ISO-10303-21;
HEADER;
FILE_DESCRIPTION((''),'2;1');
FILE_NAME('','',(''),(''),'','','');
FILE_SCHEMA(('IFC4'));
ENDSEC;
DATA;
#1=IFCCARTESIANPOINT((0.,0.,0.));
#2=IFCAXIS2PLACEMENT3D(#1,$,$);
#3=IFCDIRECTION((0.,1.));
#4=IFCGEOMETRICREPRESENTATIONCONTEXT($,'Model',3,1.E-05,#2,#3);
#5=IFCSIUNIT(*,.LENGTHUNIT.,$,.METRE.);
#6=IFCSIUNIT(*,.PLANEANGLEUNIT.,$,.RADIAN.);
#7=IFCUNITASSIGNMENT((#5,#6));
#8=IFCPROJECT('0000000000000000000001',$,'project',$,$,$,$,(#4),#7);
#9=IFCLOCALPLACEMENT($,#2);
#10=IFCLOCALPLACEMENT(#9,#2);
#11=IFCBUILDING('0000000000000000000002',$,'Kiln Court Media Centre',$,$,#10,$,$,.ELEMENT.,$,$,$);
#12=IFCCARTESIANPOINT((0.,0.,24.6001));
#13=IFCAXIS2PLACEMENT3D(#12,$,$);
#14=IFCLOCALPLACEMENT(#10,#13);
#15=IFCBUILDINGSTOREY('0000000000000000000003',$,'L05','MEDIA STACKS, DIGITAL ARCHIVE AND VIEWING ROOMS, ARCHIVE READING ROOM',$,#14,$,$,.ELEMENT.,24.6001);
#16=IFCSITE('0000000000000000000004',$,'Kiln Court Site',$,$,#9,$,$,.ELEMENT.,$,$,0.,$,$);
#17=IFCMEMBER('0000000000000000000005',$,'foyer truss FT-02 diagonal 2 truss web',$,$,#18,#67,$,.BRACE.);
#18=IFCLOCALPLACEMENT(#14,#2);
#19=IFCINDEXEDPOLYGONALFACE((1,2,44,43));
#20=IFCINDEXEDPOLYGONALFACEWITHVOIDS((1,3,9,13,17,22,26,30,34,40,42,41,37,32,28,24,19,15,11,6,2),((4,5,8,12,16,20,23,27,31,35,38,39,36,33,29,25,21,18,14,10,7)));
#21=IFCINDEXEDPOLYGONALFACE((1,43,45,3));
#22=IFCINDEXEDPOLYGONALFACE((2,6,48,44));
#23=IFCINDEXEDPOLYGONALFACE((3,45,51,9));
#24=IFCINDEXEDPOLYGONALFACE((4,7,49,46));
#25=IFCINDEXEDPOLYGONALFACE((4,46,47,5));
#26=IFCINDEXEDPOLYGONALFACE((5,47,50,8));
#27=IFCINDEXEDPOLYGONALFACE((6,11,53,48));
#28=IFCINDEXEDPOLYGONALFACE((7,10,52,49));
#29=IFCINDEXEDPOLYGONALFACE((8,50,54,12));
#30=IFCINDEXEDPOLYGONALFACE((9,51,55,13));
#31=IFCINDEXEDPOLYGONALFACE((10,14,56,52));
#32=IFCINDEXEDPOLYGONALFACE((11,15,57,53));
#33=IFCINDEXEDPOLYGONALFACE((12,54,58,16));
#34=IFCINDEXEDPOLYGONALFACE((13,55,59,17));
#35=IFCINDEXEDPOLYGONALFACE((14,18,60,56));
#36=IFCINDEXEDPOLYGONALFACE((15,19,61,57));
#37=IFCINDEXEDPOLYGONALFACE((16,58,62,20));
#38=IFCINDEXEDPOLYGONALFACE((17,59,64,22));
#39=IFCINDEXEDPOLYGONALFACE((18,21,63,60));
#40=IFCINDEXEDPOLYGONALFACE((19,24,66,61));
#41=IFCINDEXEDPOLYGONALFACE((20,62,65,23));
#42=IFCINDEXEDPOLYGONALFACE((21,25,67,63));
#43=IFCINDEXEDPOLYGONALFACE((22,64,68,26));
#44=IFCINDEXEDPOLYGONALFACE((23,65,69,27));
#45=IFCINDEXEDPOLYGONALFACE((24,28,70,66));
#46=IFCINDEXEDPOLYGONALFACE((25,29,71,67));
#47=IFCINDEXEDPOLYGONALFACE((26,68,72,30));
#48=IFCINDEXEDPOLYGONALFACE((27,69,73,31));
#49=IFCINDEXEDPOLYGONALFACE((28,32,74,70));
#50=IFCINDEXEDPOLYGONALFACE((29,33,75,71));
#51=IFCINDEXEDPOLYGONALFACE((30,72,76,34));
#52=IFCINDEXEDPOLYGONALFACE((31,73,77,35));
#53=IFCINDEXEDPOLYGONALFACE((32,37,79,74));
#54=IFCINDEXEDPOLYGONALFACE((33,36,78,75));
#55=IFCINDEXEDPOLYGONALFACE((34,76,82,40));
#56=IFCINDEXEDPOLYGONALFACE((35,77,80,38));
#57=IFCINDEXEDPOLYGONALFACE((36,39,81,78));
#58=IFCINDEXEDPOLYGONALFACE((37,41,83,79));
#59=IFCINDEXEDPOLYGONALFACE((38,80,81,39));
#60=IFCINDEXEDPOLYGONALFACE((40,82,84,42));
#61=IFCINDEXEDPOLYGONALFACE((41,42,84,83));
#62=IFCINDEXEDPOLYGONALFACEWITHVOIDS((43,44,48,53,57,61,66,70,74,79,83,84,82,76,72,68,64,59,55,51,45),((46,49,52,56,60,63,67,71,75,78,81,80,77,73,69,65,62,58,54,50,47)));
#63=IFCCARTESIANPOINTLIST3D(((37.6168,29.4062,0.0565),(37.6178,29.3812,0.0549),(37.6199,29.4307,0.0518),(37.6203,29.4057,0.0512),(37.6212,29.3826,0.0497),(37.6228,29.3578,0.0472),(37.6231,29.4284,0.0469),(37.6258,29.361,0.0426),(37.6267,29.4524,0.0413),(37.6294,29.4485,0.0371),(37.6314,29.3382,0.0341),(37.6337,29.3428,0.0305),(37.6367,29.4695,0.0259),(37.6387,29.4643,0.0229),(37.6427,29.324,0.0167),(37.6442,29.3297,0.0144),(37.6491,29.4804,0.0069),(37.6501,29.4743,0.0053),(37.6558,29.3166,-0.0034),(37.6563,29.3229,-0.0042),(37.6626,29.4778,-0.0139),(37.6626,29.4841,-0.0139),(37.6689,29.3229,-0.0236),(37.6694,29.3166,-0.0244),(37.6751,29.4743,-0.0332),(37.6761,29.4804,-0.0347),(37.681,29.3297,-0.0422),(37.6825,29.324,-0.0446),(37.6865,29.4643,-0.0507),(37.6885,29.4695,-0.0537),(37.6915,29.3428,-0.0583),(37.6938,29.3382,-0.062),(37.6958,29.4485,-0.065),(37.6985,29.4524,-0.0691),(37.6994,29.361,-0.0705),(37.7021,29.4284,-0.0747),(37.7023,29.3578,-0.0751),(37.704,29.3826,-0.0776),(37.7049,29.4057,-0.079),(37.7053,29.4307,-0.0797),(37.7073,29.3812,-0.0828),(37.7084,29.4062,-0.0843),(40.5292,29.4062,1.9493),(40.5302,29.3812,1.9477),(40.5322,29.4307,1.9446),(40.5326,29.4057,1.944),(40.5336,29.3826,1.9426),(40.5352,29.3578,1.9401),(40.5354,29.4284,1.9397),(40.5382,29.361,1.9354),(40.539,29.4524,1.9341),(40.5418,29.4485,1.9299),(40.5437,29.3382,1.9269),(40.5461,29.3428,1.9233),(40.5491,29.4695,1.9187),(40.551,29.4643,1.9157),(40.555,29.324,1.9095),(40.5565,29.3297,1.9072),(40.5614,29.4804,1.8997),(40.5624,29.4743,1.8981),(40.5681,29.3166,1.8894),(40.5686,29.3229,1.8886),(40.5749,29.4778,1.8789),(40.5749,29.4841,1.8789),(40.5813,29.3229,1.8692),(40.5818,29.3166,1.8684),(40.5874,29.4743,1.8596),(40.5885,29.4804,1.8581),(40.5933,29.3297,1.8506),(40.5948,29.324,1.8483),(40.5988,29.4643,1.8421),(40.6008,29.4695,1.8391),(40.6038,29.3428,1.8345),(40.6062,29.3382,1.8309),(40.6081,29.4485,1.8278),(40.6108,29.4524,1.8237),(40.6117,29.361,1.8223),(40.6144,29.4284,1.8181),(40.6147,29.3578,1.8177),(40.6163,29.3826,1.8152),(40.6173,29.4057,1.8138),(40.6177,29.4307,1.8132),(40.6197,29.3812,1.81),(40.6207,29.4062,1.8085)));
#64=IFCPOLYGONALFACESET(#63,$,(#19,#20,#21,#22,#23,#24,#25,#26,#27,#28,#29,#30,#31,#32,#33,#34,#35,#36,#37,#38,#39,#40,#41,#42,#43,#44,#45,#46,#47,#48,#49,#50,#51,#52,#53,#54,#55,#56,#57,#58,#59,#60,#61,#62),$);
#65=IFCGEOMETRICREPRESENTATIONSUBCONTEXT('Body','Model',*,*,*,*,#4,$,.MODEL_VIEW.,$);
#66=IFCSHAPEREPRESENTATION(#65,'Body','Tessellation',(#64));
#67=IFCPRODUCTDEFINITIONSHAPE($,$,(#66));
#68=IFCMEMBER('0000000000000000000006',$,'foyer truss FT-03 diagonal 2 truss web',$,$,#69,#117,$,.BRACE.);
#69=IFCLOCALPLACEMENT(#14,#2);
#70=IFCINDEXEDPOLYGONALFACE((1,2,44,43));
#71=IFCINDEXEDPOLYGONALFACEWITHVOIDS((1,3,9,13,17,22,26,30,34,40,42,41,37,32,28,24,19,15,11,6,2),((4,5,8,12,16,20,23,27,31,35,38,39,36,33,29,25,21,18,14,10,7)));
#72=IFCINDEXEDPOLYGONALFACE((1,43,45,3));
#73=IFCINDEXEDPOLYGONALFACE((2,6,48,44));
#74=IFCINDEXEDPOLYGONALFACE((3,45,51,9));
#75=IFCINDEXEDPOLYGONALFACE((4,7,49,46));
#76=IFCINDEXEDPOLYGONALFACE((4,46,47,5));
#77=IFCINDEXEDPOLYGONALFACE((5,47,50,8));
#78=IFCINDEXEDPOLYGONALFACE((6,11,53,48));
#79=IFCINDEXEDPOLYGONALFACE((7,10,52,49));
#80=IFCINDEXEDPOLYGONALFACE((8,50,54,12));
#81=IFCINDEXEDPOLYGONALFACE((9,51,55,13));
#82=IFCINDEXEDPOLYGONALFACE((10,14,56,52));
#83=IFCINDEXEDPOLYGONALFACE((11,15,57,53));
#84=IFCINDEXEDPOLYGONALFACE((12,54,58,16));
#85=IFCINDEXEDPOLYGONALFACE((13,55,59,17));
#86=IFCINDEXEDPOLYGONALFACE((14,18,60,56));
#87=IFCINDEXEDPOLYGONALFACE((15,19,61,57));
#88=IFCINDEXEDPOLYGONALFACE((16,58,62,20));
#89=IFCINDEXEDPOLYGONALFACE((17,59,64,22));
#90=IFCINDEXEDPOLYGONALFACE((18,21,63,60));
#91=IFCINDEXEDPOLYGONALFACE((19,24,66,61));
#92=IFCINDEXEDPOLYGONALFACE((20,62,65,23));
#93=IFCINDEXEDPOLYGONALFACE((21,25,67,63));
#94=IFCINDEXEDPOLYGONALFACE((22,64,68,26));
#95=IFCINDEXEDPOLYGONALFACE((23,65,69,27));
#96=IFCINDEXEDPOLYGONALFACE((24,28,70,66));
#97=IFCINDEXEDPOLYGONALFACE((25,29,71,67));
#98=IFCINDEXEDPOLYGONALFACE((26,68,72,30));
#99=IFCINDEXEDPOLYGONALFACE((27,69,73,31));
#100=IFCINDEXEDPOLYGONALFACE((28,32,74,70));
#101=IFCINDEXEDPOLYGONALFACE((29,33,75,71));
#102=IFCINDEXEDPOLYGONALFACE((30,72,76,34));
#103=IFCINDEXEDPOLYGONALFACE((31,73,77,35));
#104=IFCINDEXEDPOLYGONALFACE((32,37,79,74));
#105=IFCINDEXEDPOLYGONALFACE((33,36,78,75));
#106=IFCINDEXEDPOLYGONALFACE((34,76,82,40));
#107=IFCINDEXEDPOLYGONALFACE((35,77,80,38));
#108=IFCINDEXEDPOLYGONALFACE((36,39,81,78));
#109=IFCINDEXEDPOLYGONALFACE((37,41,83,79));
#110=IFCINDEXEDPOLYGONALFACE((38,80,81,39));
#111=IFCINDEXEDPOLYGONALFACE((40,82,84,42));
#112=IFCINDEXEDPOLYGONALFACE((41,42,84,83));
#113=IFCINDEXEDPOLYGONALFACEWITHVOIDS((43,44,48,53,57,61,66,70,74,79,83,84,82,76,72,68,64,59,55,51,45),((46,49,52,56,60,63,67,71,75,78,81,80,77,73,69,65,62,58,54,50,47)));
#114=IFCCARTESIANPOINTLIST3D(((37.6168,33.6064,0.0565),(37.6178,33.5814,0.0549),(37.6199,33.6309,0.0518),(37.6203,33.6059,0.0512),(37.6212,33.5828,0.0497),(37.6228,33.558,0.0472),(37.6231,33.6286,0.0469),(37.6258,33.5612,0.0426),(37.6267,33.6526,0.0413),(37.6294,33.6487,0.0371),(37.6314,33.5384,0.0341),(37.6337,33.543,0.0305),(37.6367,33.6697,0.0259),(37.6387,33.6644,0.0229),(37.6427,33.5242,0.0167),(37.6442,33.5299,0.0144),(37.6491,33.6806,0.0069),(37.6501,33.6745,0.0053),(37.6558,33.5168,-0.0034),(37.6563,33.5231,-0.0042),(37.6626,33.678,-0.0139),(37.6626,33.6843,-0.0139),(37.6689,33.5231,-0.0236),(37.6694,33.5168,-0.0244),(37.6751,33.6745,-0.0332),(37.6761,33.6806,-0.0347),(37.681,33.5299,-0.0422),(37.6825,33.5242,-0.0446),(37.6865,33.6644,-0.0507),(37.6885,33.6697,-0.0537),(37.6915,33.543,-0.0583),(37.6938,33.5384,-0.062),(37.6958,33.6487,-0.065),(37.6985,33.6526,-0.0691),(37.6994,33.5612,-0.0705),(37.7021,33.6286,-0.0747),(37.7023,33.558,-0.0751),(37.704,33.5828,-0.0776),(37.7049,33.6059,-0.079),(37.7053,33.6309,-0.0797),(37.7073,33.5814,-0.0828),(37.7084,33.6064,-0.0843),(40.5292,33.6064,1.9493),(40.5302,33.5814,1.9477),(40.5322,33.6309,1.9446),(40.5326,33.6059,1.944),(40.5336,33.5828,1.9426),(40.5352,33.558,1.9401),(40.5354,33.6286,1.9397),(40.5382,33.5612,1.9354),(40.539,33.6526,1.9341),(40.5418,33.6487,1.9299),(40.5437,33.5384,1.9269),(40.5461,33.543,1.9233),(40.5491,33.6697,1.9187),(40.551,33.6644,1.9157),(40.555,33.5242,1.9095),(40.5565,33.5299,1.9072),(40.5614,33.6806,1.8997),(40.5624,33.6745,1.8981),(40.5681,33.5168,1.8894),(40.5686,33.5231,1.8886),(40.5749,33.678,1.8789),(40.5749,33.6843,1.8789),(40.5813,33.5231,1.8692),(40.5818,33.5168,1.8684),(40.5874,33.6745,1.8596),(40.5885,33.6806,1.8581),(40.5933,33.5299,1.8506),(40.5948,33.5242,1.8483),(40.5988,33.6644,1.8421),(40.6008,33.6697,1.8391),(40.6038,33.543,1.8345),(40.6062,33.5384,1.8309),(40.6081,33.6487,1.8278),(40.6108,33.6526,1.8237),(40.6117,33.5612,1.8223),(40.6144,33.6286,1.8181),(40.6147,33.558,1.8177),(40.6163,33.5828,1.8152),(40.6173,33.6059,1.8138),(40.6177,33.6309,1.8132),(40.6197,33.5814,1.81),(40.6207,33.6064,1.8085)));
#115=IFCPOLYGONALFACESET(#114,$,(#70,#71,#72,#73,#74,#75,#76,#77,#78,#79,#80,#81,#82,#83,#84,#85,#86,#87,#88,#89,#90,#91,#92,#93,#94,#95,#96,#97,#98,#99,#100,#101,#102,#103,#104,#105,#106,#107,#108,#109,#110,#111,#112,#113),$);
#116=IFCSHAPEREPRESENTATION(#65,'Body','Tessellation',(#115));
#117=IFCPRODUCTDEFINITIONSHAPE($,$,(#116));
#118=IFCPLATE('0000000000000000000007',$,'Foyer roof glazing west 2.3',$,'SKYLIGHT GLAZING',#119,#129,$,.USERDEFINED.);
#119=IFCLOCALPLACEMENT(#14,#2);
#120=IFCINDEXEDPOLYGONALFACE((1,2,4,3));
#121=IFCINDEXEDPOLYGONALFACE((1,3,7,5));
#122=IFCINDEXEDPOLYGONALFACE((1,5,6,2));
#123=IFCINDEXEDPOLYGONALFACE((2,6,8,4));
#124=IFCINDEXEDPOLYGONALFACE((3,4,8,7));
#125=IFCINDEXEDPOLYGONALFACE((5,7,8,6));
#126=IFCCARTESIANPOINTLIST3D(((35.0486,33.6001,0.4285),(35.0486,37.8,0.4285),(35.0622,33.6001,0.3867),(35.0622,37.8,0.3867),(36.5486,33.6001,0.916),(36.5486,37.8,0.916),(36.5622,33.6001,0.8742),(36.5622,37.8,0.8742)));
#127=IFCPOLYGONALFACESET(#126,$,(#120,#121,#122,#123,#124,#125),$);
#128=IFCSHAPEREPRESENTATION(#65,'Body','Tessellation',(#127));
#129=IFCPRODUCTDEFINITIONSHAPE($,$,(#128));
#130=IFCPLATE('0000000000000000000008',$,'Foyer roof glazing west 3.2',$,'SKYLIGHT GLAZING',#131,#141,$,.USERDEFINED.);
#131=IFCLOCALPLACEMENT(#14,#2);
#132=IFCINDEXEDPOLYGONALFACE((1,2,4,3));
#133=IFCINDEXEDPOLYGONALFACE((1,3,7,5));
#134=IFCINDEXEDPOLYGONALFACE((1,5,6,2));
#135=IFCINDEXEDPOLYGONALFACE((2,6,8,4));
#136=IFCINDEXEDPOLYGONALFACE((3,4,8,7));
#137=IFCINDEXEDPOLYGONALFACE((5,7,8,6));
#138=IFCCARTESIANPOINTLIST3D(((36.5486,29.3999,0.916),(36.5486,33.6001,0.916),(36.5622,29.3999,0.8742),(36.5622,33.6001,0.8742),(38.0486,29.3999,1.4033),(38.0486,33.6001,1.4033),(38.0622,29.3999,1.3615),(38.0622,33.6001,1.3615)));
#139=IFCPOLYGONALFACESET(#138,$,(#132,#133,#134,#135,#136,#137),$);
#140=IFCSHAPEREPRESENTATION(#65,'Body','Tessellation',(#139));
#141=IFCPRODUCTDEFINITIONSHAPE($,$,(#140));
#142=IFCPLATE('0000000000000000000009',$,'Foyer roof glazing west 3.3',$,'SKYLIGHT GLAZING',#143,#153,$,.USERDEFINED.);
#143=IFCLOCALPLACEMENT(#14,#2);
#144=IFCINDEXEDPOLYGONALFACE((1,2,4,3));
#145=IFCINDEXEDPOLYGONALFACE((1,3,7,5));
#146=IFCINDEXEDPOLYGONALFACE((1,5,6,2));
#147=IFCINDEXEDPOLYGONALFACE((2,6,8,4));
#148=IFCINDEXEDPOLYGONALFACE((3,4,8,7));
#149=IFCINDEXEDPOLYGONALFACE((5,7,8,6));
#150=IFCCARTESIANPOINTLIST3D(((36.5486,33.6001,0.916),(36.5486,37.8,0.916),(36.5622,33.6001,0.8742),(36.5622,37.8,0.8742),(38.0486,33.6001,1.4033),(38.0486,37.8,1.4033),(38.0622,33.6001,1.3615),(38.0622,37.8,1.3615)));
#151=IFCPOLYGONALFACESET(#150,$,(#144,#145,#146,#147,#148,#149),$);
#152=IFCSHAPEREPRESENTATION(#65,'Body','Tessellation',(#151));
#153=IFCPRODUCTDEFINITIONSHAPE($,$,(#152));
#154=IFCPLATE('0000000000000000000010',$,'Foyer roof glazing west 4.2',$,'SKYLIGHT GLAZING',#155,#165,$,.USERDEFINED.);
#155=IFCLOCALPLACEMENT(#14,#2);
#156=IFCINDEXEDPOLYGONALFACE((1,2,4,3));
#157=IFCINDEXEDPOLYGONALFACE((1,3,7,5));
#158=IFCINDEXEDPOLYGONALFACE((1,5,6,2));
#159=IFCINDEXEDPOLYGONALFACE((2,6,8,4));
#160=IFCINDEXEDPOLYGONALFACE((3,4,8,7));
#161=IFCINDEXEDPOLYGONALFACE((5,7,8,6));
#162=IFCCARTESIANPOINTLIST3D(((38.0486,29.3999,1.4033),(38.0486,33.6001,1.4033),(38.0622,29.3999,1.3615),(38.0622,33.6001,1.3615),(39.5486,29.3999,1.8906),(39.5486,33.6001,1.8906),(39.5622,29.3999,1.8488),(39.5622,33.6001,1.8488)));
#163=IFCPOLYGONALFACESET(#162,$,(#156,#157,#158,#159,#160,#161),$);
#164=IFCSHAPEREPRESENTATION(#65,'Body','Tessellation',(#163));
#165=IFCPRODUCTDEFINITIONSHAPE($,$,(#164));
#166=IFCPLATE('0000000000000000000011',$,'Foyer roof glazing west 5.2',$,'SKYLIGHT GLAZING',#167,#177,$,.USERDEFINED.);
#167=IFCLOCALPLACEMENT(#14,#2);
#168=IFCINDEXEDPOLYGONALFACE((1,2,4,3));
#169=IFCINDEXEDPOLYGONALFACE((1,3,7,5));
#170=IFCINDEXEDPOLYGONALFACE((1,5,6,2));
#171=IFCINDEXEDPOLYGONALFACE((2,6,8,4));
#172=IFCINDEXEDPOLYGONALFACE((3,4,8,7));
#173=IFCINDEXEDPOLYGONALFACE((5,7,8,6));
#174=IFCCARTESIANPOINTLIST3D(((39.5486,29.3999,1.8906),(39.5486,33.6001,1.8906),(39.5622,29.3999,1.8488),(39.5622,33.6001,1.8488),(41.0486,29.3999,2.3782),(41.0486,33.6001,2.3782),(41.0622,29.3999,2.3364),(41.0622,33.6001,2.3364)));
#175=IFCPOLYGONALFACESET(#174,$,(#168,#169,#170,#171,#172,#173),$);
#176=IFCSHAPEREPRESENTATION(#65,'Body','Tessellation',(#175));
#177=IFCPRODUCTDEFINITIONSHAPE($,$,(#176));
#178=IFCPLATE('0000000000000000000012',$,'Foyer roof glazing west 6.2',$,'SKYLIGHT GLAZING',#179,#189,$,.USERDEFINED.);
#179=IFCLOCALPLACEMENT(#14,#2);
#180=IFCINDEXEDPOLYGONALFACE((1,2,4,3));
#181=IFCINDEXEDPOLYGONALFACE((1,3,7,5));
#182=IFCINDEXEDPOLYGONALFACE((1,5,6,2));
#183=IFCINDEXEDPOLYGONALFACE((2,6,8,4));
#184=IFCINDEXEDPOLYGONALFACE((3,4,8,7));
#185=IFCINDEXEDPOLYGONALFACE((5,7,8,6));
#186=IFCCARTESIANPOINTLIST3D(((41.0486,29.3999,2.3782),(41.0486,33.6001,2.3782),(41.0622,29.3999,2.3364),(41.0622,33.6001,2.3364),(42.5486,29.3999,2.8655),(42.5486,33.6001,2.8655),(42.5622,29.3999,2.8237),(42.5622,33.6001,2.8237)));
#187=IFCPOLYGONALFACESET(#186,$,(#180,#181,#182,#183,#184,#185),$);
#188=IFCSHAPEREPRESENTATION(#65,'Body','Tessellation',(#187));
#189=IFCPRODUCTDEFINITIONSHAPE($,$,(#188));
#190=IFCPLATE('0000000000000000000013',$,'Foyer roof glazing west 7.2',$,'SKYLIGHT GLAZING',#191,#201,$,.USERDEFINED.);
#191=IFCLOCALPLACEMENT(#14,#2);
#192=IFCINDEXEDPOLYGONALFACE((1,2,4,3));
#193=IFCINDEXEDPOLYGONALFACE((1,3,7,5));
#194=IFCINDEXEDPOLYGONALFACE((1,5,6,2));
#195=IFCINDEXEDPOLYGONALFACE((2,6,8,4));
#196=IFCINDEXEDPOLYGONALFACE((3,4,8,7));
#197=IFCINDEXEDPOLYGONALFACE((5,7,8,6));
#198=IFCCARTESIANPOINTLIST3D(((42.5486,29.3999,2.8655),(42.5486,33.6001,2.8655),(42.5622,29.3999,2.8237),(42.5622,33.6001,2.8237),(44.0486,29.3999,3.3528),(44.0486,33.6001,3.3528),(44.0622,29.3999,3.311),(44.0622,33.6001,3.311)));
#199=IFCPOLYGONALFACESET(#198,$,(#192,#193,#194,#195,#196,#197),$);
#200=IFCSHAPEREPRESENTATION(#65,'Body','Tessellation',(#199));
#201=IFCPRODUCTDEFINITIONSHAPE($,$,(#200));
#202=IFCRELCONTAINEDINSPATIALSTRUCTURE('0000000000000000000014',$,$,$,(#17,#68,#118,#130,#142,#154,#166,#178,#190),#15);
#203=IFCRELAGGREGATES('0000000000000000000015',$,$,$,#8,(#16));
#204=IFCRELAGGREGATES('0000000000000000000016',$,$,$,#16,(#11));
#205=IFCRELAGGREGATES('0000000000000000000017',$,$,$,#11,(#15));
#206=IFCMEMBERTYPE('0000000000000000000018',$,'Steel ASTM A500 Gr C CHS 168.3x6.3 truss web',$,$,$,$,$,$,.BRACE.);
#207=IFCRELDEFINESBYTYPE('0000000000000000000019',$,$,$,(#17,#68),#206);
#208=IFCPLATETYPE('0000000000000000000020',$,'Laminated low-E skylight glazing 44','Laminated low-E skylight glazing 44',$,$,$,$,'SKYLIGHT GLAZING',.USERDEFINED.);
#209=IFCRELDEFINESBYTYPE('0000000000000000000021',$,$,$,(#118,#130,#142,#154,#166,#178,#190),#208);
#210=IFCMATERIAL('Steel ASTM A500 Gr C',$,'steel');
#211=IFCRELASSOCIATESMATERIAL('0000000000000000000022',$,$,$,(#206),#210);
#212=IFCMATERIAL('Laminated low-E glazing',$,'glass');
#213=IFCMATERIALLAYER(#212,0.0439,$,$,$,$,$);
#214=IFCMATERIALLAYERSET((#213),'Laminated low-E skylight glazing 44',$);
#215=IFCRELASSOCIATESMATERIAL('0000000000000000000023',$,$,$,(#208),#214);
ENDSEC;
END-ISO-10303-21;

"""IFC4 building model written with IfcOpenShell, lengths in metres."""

from ifc_helpers import new_model, si_unit, direction, frame, origin, origin_2d, place, context, subcontext, project, spatial, polyline, hollow_circle, outline, extrude, material, layer, layer_set, material_profile, profile_set, type_object, element, save


model = new_model("IFC4")

# Units and contexts
model_context = context("Model", 3, precision=1e-05, world=origin(), true_north=direction((0.0, 1.0)))
body_context = subcontext(model_context, "Body", "Model", "MODEL_VIEW")
ifc_project = project(units=[si_unit("LENGTHUNIT", "METRE"), si_unit("PLANEANGLEUNIT", "RADIAN")], contexts=[model_context])

# Site, building, storey
site_placement = place(None, origin())
site = spatial("IfcSite", under=ifc_project, at=site_placement, Name="Kiln Court Site", CompositionType="ELEMENT", RefElevation=0.0)
building_placement = place(site_placement, origin())
building = spatial("IfcBuilding", under=site, at=building_placement, Name="Kiln Court Media Centre", CompositionType="ELEMENT")
storey_placement = place(building_placement, frame((0.0, 0.0, 24.6001)))
storey = spatial("IfcBuildingStorey", under=building, at=storey_placement, Name="L05", Description="MEDIA STACKS, DIGITAL ARCHIVE AND VIEWING ROOMS, ARCHIVE READING ROOM", CompositionType="ELEMENT", Elevation=24.6001)

# Members
ifc_material_1 = material(Name="Steel ASTM A500 Gr C", Category="steel")
ifc_material_profile_1 = material_profile(ifc_material_1, hollow_circle(Radius=0.0842, WallThickness=0.0063, at=origin_2d()), Name="CHS 168.3x6.3")
ifc_profile_set_1 = profile_set([ifc_material_profile_1], Name="Steel ASTM A500 Gr C")
member_type_1 = type_object("IfcMemberType", Name="Steel ASTM A500 Gr C CHS 168.3x6.3 truss web", PredefinedType="BRACE", material=ifc_profile_set_1)
for number, where, z_axis, x_axis, name in (
    (1, (37.6626, 29.3999, -0.0139), (0.838471, 0.0, 0.544946), (0.0, 1.0, 0.0), "foyer truss FT-02 diagonal 2 truss web"),
    (2, (37.6626, 33.6001, -0.0139), (0.838471, 0.0, 0.544946), (0.0, 1.0, 0.0), "foyer truss FT-03 diagonal 2 truss web"),
):
    element("IfcMember", number, at=place(storey_placement, frame(where, z_axis=z_axis, x_axis=x_axis)), inside=storey, type_object=member_type_1, Name=name, PredefinedType="BRACE", context=body_context, shape_type="SweptSolid", body=[
        extrude(hollow_circle(Radius=0.0842, WallThickness=0.0063, at=origin_2d()), origin(), (0.0, 0.0, 1.0), 3.4734),
    ])

# Plates
ifc_material_2 = material(Name="Laminated low-E glazing", Category="glass")
ifc_layer_1 = layer(ifc_material_2, 0.0439)
ifc_layer_set_1 = layer_set([ifc_layer_1], Name="Laminated low-E skylight glazing 44")
plate_type_1 = type_object("IfcPlateType", Name="Laminated low-E skylight glazing 44", Description="Laminated low-E skylight glazing 44", ElementType="SKYLIGHT GLAZING", PredefinedType="USERDEFINED", material=ifc_layer_set_1)
plate_1_placement = place(storey_placement, frame((35.0486, 33.6001, 0.4285), z_axis=(-0.309114, 0.0, 0.951025), x_axis=(0.951025, 0.0, 0.309114)))
element("IfcPlate", 3, at=plate_1_placement, inside=storey, type_object=plate_type_1, Name="Foyer roof glazing west 2.3", ObjectType="SKYLIGHT GLAZING", PredefinedType="USERDEFINED", context=body_context, shape_type="SweptSolid", body=[
    extrude(outline(polyline([(0.0, 0.0), (1.5772, 0.0), (1.5772, 4.2), (0.0, 4.2), (0.0, 0.0)])), origin(), (0.0, 0.0, -1.0), 0.0439),
])
plate_2_placement = place(storey_placement, frame((36.5486, 29.3999, 0.916), z_axis=(-0.308974, 0.0, 0.95107), x_axis=(0.95107, 0.0, 0.308974)))
element("IfcPlate", 4, at=plate_2_placement, inside=storey, type_object=plate_type_1, Name="Foyer roof glazing west 3.2", ObjectType="SKYLIGHT GLAZING", PredefinedType="USERDEFINED", context=body_context, shape_type="SweptSolid", body=[
    extrude(outline(polyline([(0.0, 0.0), (1.5772, 0.0), (1.5772, 4.2002), (0.0, 4.2002), (0.0, 0.0)])), origin(), (0.0, 0.0, -1.0), 0.0439),
])
plate_3_placement = place(storey_placement, frame((36.5486, 33.6001, 0.916), z_axis=(-0.308974, 0.0, 0.95107), x_axis=(0.95107, 0.0, 0.308974)))
element("IfcPlate", 5, at=plate_3_placement, inside=storey, type_object=plate_type_1, Name="Foyer roof glazing west 3.3", ObjectType="SKYLIGHT GLAZING", PredefinedType="USERDEFINED", context=body_context, shape_type="SweptSolid", body=[
    extrude(outline(polyline([(0.0, 0.0), (1.5772, 0.0), (1.5772, 4.2), (0.0, 4.2), (0.0, 0.0)])), origin(), (0.0, 0.0, -1.0), 0.0439),
])
plate_4_placement = place(storey_placement, frame((38.0486, 29.3999, 1.4033), z_axis=(-0.308974, 0.0, 0.95107), x_axis=(0.95107, 0.0, 0.308974)))
element("IfcPlate", 6, at=plate_4_placement, inside=storey, type_object=plate_type_1, Name="Foyer roof glazing west 4.2", ObjectType="SKYLIGHT GLAZING", PredefinedType="USERDEFINED", context=body_context, shape_type="SweptSolid", body=[
    extrude(outline(polyline([(0.0, 0.0), (1.5772, 0.0), (1.5772, 4.2002), (0.0, 4.2002), (0.0, 0.0)])), origin(), (0.0, 0.0, -1.0), 0.0439),
])
plate_5_placement = place(storey_placement, frame((39.5486, 29.3999, 1.8906), z_axis=(-0.309114, 0.0, 0.951025), x_axis=(0.951025, 0.0, 0.309114)))
element("IfcPlate", 7, at=plate_5_placement, inside=storey, type_object=plate_type_1, Name="Foyer roof glazing west 5.2", ObjectType="SKYLIGHT GLAZING", PredefinedType="USERDEFINED", context=body_context, shape_type="SweptSolid", body=[
    extrude(outline(polyline([(0.0, 0.0), (1.5772, 0.0), (1.5772, 4.2002), (0.0, 4.2002), (0.0, 0.0)])), origin(), (0.0, 0.0, -1.0), 0.0439),
])
for number, where, z_axis, x_axis, name in (
    (8, (41.0486, 29.3999, 2.3782), (-0.308974, 0.0, 0.95107), (0.95107, 0.0, 0.308974), "Foyer roof glazing west 6.2"),
    (9, (42.5486, 29.3999, 2.8655), (-0.308974, 0.0, 0.95107), (0.95107, 0.0, 0.308974), "Foyer roof glazing west 7.2"),
):
    element("IfcPlate", number, at=place(storey_placement, frame(where, z_axis=z_axis, x_axis=x_axis)), inside=storey, type_object=plate_type_1, Name=name, ObjectType="SKYLIGHT GLAZING", PredefinedType="USERDEFINED", context=body_context, shape_type="SweptSolid", body=[
        extrude(outline(polyline([(0.0, 0.0), (1.5772, 0.0), (1.5772, 4.2002), (0.0, 4.2002), (0.0, 0.0)])), origin(), (0.0, 0.0, -1.0), 0.0439),
    ])

save(model, "model.ifc")
